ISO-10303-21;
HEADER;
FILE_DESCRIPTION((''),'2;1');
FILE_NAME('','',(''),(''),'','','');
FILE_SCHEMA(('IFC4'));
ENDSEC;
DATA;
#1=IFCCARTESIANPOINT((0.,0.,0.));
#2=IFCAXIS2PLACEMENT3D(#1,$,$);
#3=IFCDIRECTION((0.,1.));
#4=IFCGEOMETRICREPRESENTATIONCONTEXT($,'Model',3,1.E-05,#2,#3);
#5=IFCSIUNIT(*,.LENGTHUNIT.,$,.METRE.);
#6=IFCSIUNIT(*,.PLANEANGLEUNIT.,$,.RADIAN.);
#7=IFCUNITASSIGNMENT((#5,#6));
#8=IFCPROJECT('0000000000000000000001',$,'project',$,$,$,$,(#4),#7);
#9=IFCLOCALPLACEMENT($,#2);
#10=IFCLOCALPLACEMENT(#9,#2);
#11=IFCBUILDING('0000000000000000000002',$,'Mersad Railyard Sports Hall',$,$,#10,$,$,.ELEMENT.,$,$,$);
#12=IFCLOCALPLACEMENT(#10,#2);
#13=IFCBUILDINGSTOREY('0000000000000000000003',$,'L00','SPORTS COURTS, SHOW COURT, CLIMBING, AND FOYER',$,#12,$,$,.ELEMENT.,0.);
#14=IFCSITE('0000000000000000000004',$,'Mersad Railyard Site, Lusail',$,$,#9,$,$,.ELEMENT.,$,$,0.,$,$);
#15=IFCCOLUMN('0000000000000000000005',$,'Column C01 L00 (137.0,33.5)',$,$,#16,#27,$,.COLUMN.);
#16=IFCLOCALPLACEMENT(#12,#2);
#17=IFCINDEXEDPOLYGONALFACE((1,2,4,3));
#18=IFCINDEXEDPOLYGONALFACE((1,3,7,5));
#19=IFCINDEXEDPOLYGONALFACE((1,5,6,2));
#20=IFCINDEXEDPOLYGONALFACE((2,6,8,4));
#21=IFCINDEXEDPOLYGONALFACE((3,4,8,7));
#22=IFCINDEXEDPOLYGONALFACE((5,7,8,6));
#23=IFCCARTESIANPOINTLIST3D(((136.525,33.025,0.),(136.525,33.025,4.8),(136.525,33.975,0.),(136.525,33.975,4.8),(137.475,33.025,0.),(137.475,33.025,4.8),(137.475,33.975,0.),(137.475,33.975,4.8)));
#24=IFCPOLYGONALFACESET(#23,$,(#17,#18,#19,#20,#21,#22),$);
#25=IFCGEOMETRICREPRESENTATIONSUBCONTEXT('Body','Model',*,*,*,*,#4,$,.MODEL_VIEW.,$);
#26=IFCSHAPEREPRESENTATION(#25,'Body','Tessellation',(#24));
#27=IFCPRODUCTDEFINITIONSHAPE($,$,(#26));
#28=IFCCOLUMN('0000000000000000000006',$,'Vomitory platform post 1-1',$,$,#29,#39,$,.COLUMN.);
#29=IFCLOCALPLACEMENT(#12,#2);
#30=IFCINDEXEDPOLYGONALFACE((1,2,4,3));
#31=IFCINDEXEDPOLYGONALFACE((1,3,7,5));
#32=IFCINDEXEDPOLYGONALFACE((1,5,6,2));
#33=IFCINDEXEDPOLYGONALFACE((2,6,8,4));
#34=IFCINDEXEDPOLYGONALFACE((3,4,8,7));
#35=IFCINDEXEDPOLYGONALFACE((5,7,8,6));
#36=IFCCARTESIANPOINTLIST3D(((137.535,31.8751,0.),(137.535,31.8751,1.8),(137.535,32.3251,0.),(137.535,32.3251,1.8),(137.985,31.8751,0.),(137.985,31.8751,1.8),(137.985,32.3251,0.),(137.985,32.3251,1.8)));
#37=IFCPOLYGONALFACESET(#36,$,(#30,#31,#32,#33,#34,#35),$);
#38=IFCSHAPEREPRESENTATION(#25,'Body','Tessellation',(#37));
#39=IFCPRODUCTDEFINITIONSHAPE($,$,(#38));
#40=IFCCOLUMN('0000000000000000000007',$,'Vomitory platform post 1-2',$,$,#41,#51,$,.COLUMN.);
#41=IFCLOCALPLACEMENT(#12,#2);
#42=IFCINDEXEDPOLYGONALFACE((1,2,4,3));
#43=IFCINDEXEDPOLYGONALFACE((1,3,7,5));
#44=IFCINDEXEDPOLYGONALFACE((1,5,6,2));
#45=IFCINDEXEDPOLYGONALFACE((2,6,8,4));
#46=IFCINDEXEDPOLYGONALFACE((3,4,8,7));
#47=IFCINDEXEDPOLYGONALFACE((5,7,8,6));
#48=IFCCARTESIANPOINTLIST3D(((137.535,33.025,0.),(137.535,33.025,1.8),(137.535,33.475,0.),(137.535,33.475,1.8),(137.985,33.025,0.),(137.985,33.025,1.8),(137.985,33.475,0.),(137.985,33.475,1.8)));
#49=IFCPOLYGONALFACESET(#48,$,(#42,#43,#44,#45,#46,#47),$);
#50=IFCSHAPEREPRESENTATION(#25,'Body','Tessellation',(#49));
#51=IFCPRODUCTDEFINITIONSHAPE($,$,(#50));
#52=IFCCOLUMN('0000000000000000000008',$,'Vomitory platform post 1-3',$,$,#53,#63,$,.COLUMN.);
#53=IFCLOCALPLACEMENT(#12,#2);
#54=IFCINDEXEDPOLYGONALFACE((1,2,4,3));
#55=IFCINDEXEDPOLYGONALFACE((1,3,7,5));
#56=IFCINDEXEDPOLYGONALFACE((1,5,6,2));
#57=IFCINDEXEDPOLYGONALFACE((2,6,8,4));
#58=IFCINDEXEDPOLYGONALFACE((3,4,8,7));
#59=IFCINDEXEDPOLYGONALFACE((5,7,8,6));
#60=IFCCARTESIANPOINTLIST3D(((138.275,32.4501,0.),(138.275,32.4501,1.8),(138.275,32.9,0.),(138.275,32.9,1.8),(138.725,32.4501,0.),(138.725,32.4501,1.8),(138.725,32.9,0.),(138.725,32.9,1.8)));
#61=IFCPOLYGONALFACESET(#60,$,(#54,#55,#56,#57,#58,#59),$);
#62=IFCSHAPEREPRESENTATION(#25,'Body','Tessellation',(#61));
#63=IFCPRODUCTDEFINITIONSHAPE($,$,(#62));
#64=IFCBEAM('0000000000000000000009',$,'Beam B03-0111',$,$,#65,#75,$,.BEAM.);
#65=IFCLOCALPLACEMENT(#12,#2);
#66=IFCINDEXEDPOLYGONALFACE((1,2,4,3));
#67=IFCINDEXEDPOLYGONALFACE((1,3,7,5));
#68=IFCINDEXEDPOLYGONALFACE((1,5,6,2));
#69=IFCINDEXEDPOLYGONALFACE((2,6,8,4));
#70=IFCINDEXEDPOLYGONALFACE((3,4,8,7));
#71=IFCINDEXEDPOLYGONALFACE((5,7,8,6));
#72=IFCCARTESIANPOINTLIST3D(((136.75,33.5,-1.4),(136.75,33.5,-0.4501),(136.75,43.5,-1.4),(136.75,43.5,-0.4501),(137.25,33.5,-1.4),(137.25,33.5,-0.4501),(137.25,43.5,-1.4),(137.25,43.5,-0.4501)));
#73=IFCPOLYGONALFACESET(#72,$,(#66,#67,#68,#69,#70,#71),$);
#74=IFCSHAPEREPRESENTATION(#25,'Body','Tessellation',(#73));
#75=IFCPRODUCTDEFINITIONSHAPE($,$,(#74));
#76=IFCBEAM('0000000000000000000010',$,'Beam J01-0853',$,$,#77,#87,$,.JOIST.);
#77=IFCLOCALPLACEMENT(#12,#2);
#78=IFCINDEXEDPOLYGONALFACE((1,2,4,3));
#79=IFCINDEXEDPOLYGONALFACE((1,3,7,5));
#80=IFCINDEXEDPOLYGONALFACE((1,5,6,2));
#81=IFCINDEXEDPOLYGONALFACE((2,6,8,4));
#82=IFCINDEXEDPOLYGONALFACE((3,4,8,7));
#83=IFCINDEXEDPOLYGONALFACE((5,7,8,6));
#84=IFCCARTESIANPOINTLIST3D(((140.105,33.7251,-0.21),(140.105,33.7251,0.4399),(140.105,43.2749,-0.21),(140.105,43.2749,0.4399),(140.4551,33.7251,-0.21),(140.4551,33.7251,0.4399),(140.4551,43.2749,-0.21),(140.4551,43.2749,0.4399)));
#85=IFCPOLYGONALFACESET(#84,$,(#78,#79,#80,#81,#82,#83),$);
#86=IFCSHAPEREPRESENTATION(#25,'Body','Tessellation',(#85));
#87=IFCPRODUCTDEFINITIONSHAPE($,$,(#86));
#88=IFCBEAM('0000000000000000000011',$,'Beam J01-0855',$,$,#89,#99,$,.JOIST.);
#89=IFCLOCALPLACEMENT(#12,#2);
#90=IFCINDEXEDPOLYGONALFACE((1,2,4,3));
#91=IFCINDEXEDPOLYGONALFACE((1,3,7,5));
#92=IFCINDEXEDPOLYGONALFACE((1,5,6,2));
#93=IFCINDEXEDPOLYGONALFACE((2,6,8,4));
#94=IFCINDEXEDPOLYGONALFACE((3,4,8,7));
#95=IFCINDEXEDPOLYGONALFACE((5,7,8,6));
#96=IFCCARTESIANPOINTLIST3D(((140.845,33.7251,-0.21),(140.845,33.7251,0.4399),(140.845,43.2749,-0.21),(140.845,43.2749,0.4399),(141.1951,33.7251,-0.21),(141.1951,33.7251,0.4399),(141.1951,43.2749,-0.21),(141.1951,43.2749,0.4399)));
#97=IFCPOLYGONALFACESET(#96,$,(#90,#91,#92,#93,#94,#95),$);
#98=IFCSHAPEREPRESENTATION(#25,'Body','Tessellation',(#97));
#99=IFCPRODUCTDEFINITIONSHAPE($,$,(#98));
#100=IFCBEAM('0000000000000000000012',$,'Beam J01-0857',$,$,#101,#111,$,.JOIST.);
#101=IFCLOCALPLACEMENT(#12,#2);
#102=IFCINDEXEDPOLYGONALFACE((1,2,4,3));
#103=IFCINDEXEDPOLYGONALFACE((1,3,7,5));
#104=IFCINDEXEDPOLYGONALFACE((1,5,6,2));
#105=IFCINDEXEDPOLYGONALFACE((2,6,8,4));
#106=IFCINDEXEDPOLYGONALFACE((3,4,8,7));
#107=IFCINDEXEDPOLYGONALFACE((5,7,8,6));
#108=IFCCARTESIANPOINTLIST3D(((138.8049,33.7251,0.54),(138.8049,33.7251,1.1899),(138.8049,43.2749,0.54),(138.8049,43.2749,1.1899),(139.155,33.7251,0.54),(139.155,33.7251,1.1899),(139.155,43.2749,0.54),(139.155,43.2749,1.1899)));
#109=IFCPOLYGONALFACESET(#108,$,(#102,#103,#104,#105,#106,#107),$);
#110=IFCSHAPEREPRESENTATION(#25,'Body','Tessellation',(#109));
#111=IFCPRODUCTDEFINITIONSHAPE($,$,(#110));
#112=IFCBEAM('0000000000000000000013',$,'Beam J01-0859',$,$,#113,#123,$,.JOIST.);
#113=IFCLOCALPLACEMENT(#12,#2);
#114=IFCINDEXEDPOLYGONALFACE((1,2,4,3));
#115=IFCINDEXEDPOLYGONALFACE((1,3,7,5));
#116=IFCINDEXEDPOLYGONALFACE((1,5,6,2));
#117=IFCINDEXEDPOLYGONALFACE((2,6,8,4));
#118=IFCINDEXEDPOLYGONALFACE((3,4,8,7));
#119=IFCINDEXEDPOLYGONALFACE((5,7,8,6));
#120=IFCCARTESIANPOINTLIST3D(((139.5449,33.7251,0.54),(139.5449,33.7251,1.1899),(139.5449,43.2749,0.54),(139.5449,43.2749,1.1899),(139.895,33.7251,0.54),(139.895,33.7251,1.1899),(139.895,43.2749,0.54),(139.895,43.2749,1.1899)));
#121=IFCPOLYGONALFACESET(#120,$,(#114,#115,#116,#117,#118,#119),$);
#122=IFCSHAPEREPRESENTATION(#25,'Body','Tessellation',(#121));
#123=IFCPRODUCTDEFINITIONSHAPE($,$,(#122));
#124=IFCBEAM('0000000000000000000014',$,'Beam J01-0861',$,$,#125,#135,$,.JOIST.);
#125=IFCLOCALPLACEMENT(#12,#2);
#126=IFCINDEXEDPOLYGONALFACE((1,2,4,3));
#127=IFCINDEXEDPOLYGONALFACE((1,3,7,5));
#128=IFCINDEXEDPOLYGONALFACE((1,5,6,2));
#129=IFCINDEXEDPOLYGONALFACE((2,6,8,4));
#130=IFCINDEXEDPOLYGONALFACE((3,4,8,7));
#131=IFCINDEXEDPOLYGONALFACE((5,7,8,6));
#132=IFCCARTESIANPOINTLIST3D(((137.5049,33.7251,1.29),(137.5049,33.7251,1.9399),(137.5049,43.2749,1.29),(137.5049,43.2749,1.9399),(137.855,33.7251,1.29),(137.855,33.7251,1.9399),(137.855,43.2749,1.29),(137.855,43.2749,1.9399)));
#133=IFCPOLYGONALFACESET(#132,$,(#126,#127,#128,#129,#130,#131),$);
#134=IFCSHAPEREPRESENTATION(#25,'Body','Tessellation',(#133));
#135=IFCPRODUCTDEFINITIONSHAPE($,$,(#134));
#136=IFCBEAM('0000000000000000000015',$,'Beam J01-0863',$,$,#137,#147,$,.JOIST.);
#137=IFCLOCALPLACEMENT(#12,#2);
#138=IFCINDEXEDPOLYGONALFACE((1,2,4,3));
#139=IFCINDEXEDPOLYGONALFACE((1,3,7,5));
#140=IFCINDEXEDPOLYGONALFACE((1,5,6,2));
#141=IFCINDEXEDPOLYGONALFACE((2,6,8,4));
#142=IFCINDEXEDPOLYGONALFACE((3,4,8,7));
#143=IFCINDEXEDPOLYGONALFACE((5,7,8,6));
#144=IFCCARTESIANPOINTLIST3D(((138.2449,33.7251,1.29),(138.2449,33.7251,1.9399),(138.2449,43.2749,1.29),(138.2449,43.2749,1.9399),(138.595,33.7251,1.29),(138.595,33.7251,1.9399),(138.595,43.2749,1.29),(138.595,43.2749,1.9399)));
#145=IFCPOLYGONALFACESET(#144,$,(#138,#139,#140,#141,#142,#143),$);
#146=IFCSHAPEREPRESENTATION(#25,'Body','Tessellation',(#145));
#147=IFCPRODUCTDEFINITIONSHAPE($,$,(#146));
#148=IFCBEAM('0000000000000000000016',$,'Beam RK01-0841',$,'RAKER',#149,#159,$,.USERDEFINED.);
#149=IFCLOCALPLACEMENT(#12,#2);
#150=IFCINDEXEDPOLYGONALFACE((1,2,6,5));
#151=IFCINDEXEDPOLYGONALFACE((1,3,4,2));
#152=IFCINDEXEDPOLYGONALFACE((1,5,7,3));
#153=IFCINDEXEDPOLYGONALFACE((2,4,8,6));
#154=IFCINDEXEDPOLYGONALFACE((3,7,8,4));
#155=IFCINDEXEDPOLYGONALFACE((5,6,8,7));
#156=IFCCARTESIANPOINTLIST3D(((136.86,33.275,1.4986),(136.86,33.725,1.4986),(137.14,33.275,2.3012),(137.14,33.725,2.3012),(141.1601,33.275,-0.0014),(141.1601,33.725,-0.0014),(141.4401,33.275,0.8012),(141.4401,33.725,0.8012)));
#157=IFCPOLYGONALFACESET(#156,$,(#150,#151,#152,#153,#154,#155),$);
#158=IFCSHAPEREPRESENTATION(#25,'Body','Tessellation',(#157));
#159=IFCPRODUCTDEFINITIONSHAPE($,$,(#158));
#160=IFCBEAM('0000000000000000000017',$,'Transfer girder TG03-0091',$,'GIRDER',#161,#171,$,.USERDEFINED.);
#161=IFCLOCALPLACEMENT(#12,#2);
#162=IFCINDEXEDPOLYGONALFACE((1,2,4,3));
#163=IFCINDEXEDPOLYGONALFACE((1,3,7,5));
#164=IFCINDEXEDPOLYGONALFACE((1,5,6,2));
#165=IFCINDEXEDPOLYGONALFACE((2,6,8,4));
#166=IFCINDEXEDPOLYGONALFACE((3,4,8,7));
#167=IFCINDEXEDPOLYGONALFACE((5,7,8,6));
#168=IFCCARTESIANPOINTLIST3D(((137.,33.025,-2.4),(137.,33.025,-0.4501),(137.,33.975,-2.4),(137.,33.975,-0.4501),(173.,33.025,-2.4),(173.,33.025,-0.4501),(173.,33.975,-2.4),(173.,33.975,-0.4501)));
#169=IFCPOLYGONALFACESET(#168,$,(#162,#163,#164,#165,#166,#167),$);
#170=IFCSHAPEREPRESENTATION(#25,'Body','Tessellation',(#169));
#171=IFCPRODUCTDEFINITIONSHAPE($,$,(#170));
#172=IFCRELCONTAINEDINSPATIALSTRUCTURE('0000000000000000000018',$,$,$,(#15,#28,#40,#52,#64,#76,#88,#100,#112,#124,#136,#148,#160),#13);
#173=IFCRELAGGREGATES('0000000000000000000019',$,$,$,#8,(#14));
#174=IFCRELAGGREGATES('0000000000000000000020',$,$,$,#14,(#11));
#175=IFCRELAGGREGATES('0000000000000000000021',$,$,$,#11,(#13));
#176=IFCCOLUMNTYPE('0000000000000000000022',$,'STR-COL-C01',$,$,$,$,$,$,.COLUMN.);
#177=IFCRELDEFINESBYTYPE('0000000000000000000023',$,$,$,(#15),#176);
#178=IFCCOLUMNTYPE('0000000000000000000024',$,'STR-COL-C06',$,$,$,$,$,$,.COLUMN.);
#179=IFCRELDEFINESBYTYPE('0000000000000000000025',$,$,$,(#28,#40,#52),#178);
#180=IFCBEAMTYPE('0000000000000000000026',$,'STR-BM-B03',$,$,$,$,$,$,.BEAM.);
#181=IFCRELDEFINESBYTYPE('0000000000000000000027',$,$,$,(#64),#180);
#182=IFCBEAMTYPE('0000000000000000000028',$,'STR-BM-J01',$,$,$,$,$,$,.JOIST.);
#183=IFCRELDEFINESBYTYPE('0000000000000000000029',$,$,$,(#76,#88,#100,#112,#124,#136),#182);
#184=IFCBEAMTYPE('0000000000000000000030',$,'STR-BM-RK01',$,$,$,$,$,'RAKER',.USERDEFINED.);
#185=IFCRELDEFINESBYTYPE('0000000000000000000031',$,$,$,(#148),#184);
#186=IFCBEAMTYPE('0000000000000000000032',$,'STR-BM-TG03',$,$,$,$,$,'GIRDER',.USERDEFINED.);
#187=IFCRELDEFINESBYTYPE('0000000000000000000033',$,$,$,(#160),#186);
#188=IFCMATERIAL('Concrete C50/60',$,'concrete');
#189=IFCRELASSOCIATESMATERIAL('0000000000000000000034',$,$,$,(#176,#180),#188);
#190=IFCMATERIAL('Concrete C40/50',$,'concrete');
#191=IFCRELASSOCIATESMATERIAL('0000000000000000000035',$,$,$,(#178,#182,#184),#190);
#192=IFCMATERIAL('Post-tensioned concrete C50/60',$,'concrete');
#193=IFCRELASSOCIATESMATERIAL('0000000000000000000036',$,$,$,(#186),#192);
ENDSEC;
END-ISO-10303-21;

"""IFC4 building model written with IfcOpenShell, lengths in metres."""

from ifc_helpers import new_model, si_unit, direction, frame, origin, origin_2d, place, context, subcontext, project, spatial, rectangle, extrude, material, material_profile, profile_set, type_object, element, save


model = new_model("IFC4")

# Units and contexts
model_context = context("Model", 3, precision=1e-05, world=origin(), true_north=direction((0.0, 1.0)))
body_context = subcontext(model_context, "Body", "Model", "MODEL_VIEW")
ifc_project = project(units=[si_unit("LENGTHUNIT", "METRE"), si_unit("PLANEANGLEUNIT", "RADIAN")], contexts=[model_context])

# Site, building, storey
site_placement = place(None, origin())
site = spatial("IfcSite", under=ifc_project, at=site_placement, Name="Mersad Railyard Site, Lusail", CompositionType="ELEMENT", RefElevation=0.0)
building_placement = place(site_placement, origin())
building = spatial("IfcBuilding", under=site, at=building_placement, Name="Mersad Railyard Sports Hall", CompositionType="ELEMENT")
storey_placement = place(building_placement, origin())
storey = spatial("IfcBuildingStorey", under=building, at=storey_placement, Name="L00", Description="SPORTS COURTS, SHOW COURT, CLIMBING, AND FOYER", CompositionType="ELEMENT", Elevation=0.0)

# Columns
ifc_material_1 = material(Name="Concrete C50/60", Category="concrete")
ifc_material_profile_1 = material_profile(ifc_material_1, rectangle(XDim=0.95, YDim=0.95, at=origin_2d()), Name="RC 950x950")
ifc_profile_set_1 = profile_set([ifc_material_profile_1], Name="Concrete C50/60")
column_type_1 = type_object("IfcColumnType", Name="STR-COL-C01", PredefinedType="COLUMN", material=ifc_profile_set_1)
column_placement = place(storey_placement, frame((137.0, 33.5, 0.0), z_axis=(0.0, 0.0, 1.0), x_axis=(1.0, 0.0, 0.0)))
element("IfcColumn", 1, at=column_placement, inside=storey, type_object=column_type_1, Name="Column C01 L00 (137.0,33.5)", PredefinedType="COLUMN", context=body_context, shape_type="SweptSolid", body=[
    extrude(rectangle(XDim=0.95, YDim=0.95, at=origin_2d()), origin(), (0.0, 0.0, 1.0), 4.8),
])
ifc_material_2 = material(Name="Concrete C40/50", Category="concrete")
ifc_material_profile_2 = material_profile(ifc_material_2, rectangle(XDim=0.45, YDim=0.45, at=origin_2d()), Name="RC 450x450")
ifc_profile_set_2 = profile_set([ifc_material_profile_2], Name="Concrete C40/50")
column_type_2 = type_object("IfcColumnType", Name="STR-COL-C06", PredefinedType="COLUMN", material=ifc_profile_set_2)
for number, where, z_axis, x_axis, name in (
    (2, (137.76, 32.1001, 0.0), (0.0, 0.0, 1.0), (1.0, 0.0, 0.0), "Vomitory platform post 1-1"),
    (3, (137.76, 33.25, 0.0), (0.0, 0.0, 1.0), (1.0, 0.0, 0.0), "Vomitory platform post 1-2"),
    (4, (138.5, 32.675, 0.0), (0.0, 0.0, 1.0), (1.0, 0.0, 0.0), "Vomitory platform post 1-3"),
):
    element("IfcColumn", number, at=place(storey_placement, frame(where, z_axis=z_axis, x_axis=x_axis)), inside=storey, type_object=column_type_2, Name=name, PredefinedType="COLUMN", context=body_context, shape_type="SweptSolid", body=[
        extrude(rectangle(XDim=0.45, YDim=0.45, at=origin_2d()), origin(), (0.0, 0.0, 1.0), 1.8),
    ])

# Beams
ifc_material_profile_3 = material_profile(ifc_material_1, rectangle(XDim=0.5, YDim=0.95, at=origin_2d()), Name="RC 500x950")
ifc_profile_set_3 = profile_set([ifc_material_profile_3], Name="Concrete C50/60")
beam_type_1 = type_object("IfcBeamType", Name="STR-BM-B03", PredefinedType="BEAM", material=ifc_profile_set_3)
beam_1_placement = place(storey_placement, frame((137.0, 33.5, -0.925), z_axis=(0.0, 1.0, 0.0), x_axis=(-1.0, 0.0, 0.0)))
element("IfcBeam", 5, at=beam_1_placement, inside=storey, type_object=beam_type_1, Name="Beam B03-0111", PredefinedType="BEAM", context=body_context, shape_type="SweptSolid", body=[
    extrude(rectangle(XDim=0.5, YDim=0.95, at=origin_2d()), origin(), (0.0, 0.0, 1.0), 10.0),
])
ifc_material_profile_4 = material_profile(ifc_material_2, rectangle(XDim=0.3501, YDim=0.6499, at=origin_2d()), Name="RC 350x650")
ifc_profile_set_4 = profile_set([ifc_material_profile_4], Name="Concrete C40/50")
beam_type_2 = type_object("IfcBeamType", Name="STR-BM-J01", PredefinedType="JOIST", material=ifc_profile_set_4)
for number, where, z_axis, x_axis, name in (
    (6, (140.28, 33.7251, 0.115), (0.0, 1.0, 0.0), (-1.0, 0.0, 0.0), "Beam J01-0853"),
    (7, (141.02, 33.7251, 0.115), (0.0, 1.0, 0.0), (-1.0, 0.0, 0.0), "Beam J01-0855"),
    (8, (138.98, 33.7251, 0.865), (0.0, 1.0, 0.0), (-1.0, 0.0, 0.0), "Beam J01-0857"),
    (9, (139.72, 33.7251, 0.865), (0.0, 1.0, 0.0), (-1.0, 0.0, 0.0), "Beam J01-0859"),
    (10, (137.6799, 33.7251, 1.615), (0.0, 1.0, 0.0), (-1.0, 0.0, 0.0), "Beam J01-0861"),
    (11, (138.4199, 33.7251, 1.615), (0.0, 1.0, 0.0), (-1.0, 0.0, 0.0), "Beam J01-0863"),
):
    element("IfcBeam", number, at=place(storey_placement, frame(where, z_axis=z_axis, x_axis=x_axis)), inside=storey, type_object=beam_type_2, Name=name, PredefinedType="JOIST", context=body_context, shape_type="SweptSolid", body=[
        extrude(rectangle(XDim=0.3501, YDim=0.6499, at=origin_2d()), origin(), (0.0, 0.0, 1.0), 9.5498),
    ])
ifc_material_profile_5 = material_profile(ifc_material_2, rectangle(XDim=0.45, YDim=0.8501, at=origin_2d()), Name="RC 450x850")
ifc_profile_set_5 = profile_set([ifc_material_profile_5], Name="Concrete C40/50")
beam_type_3 = type_object("IfcBeamType", Name="STR-BM-RK01", ElementType="RAKER", PredefinedType="USERDEFINED", material=ifc_profile_set_5)
beam_2_placement = place(storey_placement, frame((137.0, 33.5, 1.8999), z_axis=(0.944201, 0.0, -0.329369), x_axis=(0.0, 1.0, 0.0)))
element("IfcBeam", 12, at=beam_2_placement, inside=storey, type_object=beam_type_3, Name="Beam RK01-0841", ObjectType="RAKER", PredefinedType="USERDEFINED", context=body_context, shape_type="SweptSolid", body=[
    extrude(rectangle(XDim=0.45, YDim=0.8501, at=origin_2d()), origin(), (0.0, 0.0, 1.0), 4.5542),
])
ifc_material_3 = material(Name="Post-tensioned concrete C50/60", Category="concrete")
ifc_material_profile_6 = material_profile(ifc_material_3, rectangle(XDim=0.95, YDim=1.95, at=origin_2d()), Name="PT 950x1950")
ifc_profile_set_6 = profile_set([ifc_material_profile_6], Name="Post-tensioned concrete C50/60")
beam_type_4 = type_object("IfcBeamType", Name="STR-BM-TG03", ElementType="GIRDER", PredefinedType="USERDEFINED", material=ifc_profile_set_6)
beam_3_placement = place(storey_placement, frame((137.0, 33.5, -1.425), z_axis=(1.0, 0.0, 0.0), x_axis=(0.0, 1.0, 0.0)))
element("IfcBeam", 13, at=beam_3_placement, inside=storey, type_object=beam_type_4, Name="Transfer girder TG03-0091", ObjectType="GIRDER", PredefinedType="USERDEFINED", context=body_context, shape_type="SweptSolid", body=[
    extrude(rectangle(XDim=0.95, YDim=1.95, at=origin_2d()), origin(), (0.0, 0.0, 1.0), 36.0),
])

save(model, "model.ifc")
